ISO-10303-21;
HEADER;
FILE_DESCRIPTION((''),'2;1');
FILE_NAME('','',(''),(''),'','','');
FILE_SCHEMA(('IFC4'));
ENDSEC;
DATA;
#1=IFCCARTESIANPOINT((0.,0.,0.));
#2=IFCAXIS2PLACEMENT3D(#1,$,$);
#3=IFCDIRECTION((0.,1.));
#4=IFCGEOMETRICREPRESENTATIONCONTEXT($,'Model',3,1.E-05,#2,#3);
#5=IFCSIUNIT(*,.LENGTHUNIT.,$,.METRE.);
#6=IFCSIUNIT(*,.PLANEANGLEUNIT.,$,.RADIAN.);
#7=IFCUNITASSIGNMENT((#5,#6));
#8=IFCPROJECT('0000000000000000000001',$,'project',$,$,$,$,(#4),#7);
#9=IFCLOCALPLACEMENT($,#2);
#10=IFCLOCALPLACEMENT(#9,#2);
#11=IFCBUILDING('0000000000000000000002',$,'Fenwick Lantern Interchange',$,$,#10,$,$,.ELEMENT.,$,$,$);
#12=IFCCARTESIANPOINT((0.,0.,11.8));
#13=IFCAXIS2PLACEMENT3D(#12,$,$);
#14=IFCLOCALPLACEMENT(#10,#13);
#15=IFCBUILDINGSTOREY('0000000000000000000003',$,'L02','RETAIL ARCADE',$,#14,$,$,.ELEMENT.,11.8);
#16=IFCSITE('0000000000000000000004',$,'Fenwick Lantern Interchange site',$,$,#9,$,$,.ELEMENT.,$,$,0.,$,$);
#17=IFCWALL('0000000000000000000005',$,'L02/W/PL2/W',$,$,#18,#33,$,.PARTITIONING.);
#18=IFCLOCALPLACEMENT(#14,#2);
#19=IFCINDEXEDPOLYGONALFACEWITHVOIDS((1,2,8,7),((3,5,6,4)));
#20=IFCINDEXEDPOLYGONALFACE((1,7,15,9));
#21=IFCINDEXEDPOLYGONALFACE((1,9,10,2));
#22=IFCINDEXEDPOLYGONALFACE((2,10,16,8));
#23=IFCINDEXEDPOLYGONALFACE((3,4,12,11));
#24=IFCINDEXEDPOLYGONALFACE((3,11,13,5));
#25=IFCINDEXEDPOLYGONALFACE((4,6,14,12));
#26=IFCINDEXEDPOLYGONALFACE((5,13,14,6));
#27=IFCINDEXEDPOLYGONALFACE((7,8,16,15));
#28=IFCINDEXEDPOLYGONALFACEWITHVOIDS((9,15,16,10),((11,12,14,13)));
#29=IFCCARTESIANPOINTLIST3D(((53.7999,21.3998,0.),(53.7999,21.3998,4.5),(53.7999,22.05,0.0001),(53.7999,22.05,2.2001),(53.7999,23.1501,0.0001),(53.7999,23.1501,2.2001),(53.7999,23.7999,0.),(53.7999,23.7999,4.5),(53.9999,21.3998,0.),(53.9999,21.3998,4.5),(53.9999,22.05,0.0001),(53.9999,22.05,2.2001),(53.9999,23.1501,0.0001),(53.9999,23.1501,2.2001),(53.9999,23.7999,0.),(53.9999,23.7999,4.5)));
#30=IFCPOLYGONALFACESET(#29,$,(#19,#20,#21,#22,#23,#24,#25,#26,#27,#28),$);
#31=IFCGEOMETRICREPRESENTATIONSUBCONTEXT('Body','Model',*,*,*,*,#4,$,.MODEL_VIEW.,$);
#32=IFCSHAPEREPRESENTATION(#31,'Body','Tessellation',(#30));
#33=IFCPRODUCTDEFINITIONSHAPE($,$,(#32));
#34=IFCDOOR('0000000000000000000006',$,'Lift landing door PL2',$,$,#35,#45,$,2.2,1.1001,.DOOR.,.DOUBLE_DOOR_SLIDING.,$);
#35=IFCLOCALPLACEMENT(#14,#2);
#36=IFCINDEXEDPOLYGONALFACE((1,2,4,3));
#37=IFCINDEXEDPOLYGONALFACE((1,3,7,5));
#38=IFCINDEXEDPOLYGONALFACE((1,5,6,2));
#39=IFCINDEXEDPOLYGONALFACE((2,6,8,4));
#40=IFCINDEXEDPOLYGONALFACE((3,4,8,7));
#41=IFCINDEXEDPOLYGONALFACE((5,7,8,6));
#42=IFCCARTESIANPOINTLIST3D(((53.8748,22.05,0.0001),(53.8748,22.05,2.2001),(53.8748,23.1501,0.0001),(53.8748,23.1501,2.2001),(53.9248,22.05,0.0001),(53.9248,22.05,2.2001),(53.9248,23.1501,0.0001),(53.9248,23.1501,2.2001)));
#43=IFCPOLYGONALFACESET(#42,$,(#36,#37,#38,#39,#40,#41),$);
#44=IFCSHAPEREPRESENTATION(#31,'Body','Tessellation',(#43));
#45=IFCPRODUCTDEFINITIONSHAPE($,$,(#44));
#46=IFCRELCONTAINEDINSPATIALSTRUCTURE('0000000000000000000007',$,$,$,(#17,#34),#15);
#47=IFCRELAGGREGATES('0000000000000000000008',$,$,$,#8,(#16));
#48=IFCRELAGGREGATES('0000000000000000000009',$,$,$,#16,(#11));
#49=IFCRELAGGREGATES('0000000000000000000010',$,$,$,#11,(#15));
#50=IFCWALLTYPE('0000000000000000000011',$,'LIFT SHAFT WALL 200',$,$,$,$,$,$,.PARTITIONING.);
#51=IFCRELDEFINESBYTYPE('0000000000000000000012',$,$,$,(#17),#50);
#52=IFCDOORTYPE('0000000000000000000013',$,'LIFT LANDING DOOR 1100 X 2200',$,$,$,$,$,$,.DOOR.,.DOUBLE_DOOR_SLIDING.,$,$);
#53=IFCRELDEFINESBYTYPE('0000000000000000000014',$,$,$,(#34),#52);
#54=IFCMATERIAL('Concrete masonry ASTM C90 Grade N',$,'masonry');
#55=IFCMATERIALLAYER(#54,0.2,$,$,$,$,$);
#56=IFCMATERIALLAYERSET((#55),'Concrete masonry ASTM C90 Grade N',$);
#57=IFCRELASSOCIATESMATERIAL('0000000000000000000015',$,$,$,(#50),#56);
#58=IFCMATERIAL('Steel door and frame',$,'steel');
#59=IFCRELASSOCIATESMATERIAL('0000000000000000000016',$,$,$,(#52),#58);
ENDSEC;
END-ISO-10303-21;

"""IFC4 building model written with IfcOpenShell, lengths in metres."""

from ifc_helpers import new_model, si_unit, direction, frame, frame_2d, origin, place, context, subcontext, project, spatial, rectangle, extrude, material, layer, layer_set, type_object, element, fill, save


model = new_model("IFC4")

# Units and contexts
model_context = context("Model", 3, precision=1e-05, world=origin(), true_north=direction((0.0, 1.0)))
body_context = subcontext(model_context, "Body", "Model", "MODEL_VIEW")
ifc_project = project(units=[si_unit("LENGTHUNIT", "METRE"), si_unit("PLANEANGLEUNIT", "RADIAN")], contexts=[model_context])

# Site, building, storey
site_placement = place(None, origin())
site = spatial("IfcSite", under=ifc_project, at=site_placement, Name="Fenwick Lantern Interchange site", CompositionType="ELEMENT", RefElevation=0.0)
building_placement = place(site_placement, origin())
building = spatial("IfcBuilding", under=site, at=building_placement, Name="Fenwick Lantern Interchange", CompositionType="ELEMENT")
storey_placement = place(building_placement, frame((0.0, 0.0, 11.8)))
storey = spatial("IfcBuildingStorey", under=building, at=storey_placement, Name="L02", Description="RETAIL ARCADE", CompositionType="ELEMENT", Elevation=11.8)

# Shared definitions
ifc_material_1 = material(Name="Concrete masonry ASTM C90 Grade N", Category="masonry")
ifc_layer = layer(ifc_material_1, 0.2)
ifc_layer_set = layer_set([ifc_layer], Name="Concrete masonry ASTM C90 Grade N")
wall_type = type_object("IfcWallType", Name="LIFT SHAFT WALL 200", PredefinedType="PARTITIONING", material=ifc_layer_set)

# Wall, opening, door
wall_1_placement = place(storey_placement, frame((53.8999, 23.8, 0.0), z_axis=(0.0, 0.0, 1.0), x_axis=(0.0, -1.0, 0.0)))
wall_1 = element("IfcWall", 1, at=wall_1_placement, inside=storey, type_object=wall_type, Name="L02/W/PL2/W", PredefinedType="PARTITIONING", context=body_context, shape_type="SweptSolid", body=[
    extrude(rectangle(XDim=2.4001, YDim=0.2, at=frame_2d((1.2002, 0.0))), origin(), (0.0, 0.0, 1.0), 4.5),
])
opening_placement = place(wall_1_placement, frame((0.6499, 0.0, 0.0)))
opening = element("IfcOpeningElement", 2, at=opening_placement, cuts=wall_1, PredefinedType="OPENING", context=body_context, shape_type="SweptSolid", body=[
    extrude(rectangle(XDim=1.1001, YDim=2.2, at=frame_2d((0.55, 1.1001))), frame((0.0, 0.1099, 0.0), z_axis=(0.0, -1.0, 0.0), x_axis=(1.0, 0.0, 0.0)), (0.0, 0.0, 1.0), 0.22),
])
ifc_material_2 = material(Name="Steel door and frame", Category="steel")
door_type = type_object("IfcDoorType", Name="LIFT LANDING DOOR 1100 X 2200", OperationType="DOUBLE_DOOR_SLIDING", PredefinedType="DOOR", material=ifc_material_2)
door_placement = place(opening_placement, origin())
door = element("IfcDoor", 3, at=door_placement, inside=storey, type_object=door_type, Name="Lift landing door PL2", OperationType="DOUBLE_DOOR_SLIDING", OverallHeight=2.2, OverallWidth=1.1001, PredefinedType="DOOR", context=body_context, shape_type="SweptSolid", body=[
    extrude(rectangle(XDim=1.1001, YDim=2.2, at=frame_2d((0.55, 1.1001))), frame((0.0, 0.0249, 0.0), z_axis=(0.0, -1.0, 0.0), x_axis=(1.0, 0.0, 0.0)), (0.0, 0.0, 1.0), 0.05),
])
fill(opening, door)

save(model, "model.ifc")
